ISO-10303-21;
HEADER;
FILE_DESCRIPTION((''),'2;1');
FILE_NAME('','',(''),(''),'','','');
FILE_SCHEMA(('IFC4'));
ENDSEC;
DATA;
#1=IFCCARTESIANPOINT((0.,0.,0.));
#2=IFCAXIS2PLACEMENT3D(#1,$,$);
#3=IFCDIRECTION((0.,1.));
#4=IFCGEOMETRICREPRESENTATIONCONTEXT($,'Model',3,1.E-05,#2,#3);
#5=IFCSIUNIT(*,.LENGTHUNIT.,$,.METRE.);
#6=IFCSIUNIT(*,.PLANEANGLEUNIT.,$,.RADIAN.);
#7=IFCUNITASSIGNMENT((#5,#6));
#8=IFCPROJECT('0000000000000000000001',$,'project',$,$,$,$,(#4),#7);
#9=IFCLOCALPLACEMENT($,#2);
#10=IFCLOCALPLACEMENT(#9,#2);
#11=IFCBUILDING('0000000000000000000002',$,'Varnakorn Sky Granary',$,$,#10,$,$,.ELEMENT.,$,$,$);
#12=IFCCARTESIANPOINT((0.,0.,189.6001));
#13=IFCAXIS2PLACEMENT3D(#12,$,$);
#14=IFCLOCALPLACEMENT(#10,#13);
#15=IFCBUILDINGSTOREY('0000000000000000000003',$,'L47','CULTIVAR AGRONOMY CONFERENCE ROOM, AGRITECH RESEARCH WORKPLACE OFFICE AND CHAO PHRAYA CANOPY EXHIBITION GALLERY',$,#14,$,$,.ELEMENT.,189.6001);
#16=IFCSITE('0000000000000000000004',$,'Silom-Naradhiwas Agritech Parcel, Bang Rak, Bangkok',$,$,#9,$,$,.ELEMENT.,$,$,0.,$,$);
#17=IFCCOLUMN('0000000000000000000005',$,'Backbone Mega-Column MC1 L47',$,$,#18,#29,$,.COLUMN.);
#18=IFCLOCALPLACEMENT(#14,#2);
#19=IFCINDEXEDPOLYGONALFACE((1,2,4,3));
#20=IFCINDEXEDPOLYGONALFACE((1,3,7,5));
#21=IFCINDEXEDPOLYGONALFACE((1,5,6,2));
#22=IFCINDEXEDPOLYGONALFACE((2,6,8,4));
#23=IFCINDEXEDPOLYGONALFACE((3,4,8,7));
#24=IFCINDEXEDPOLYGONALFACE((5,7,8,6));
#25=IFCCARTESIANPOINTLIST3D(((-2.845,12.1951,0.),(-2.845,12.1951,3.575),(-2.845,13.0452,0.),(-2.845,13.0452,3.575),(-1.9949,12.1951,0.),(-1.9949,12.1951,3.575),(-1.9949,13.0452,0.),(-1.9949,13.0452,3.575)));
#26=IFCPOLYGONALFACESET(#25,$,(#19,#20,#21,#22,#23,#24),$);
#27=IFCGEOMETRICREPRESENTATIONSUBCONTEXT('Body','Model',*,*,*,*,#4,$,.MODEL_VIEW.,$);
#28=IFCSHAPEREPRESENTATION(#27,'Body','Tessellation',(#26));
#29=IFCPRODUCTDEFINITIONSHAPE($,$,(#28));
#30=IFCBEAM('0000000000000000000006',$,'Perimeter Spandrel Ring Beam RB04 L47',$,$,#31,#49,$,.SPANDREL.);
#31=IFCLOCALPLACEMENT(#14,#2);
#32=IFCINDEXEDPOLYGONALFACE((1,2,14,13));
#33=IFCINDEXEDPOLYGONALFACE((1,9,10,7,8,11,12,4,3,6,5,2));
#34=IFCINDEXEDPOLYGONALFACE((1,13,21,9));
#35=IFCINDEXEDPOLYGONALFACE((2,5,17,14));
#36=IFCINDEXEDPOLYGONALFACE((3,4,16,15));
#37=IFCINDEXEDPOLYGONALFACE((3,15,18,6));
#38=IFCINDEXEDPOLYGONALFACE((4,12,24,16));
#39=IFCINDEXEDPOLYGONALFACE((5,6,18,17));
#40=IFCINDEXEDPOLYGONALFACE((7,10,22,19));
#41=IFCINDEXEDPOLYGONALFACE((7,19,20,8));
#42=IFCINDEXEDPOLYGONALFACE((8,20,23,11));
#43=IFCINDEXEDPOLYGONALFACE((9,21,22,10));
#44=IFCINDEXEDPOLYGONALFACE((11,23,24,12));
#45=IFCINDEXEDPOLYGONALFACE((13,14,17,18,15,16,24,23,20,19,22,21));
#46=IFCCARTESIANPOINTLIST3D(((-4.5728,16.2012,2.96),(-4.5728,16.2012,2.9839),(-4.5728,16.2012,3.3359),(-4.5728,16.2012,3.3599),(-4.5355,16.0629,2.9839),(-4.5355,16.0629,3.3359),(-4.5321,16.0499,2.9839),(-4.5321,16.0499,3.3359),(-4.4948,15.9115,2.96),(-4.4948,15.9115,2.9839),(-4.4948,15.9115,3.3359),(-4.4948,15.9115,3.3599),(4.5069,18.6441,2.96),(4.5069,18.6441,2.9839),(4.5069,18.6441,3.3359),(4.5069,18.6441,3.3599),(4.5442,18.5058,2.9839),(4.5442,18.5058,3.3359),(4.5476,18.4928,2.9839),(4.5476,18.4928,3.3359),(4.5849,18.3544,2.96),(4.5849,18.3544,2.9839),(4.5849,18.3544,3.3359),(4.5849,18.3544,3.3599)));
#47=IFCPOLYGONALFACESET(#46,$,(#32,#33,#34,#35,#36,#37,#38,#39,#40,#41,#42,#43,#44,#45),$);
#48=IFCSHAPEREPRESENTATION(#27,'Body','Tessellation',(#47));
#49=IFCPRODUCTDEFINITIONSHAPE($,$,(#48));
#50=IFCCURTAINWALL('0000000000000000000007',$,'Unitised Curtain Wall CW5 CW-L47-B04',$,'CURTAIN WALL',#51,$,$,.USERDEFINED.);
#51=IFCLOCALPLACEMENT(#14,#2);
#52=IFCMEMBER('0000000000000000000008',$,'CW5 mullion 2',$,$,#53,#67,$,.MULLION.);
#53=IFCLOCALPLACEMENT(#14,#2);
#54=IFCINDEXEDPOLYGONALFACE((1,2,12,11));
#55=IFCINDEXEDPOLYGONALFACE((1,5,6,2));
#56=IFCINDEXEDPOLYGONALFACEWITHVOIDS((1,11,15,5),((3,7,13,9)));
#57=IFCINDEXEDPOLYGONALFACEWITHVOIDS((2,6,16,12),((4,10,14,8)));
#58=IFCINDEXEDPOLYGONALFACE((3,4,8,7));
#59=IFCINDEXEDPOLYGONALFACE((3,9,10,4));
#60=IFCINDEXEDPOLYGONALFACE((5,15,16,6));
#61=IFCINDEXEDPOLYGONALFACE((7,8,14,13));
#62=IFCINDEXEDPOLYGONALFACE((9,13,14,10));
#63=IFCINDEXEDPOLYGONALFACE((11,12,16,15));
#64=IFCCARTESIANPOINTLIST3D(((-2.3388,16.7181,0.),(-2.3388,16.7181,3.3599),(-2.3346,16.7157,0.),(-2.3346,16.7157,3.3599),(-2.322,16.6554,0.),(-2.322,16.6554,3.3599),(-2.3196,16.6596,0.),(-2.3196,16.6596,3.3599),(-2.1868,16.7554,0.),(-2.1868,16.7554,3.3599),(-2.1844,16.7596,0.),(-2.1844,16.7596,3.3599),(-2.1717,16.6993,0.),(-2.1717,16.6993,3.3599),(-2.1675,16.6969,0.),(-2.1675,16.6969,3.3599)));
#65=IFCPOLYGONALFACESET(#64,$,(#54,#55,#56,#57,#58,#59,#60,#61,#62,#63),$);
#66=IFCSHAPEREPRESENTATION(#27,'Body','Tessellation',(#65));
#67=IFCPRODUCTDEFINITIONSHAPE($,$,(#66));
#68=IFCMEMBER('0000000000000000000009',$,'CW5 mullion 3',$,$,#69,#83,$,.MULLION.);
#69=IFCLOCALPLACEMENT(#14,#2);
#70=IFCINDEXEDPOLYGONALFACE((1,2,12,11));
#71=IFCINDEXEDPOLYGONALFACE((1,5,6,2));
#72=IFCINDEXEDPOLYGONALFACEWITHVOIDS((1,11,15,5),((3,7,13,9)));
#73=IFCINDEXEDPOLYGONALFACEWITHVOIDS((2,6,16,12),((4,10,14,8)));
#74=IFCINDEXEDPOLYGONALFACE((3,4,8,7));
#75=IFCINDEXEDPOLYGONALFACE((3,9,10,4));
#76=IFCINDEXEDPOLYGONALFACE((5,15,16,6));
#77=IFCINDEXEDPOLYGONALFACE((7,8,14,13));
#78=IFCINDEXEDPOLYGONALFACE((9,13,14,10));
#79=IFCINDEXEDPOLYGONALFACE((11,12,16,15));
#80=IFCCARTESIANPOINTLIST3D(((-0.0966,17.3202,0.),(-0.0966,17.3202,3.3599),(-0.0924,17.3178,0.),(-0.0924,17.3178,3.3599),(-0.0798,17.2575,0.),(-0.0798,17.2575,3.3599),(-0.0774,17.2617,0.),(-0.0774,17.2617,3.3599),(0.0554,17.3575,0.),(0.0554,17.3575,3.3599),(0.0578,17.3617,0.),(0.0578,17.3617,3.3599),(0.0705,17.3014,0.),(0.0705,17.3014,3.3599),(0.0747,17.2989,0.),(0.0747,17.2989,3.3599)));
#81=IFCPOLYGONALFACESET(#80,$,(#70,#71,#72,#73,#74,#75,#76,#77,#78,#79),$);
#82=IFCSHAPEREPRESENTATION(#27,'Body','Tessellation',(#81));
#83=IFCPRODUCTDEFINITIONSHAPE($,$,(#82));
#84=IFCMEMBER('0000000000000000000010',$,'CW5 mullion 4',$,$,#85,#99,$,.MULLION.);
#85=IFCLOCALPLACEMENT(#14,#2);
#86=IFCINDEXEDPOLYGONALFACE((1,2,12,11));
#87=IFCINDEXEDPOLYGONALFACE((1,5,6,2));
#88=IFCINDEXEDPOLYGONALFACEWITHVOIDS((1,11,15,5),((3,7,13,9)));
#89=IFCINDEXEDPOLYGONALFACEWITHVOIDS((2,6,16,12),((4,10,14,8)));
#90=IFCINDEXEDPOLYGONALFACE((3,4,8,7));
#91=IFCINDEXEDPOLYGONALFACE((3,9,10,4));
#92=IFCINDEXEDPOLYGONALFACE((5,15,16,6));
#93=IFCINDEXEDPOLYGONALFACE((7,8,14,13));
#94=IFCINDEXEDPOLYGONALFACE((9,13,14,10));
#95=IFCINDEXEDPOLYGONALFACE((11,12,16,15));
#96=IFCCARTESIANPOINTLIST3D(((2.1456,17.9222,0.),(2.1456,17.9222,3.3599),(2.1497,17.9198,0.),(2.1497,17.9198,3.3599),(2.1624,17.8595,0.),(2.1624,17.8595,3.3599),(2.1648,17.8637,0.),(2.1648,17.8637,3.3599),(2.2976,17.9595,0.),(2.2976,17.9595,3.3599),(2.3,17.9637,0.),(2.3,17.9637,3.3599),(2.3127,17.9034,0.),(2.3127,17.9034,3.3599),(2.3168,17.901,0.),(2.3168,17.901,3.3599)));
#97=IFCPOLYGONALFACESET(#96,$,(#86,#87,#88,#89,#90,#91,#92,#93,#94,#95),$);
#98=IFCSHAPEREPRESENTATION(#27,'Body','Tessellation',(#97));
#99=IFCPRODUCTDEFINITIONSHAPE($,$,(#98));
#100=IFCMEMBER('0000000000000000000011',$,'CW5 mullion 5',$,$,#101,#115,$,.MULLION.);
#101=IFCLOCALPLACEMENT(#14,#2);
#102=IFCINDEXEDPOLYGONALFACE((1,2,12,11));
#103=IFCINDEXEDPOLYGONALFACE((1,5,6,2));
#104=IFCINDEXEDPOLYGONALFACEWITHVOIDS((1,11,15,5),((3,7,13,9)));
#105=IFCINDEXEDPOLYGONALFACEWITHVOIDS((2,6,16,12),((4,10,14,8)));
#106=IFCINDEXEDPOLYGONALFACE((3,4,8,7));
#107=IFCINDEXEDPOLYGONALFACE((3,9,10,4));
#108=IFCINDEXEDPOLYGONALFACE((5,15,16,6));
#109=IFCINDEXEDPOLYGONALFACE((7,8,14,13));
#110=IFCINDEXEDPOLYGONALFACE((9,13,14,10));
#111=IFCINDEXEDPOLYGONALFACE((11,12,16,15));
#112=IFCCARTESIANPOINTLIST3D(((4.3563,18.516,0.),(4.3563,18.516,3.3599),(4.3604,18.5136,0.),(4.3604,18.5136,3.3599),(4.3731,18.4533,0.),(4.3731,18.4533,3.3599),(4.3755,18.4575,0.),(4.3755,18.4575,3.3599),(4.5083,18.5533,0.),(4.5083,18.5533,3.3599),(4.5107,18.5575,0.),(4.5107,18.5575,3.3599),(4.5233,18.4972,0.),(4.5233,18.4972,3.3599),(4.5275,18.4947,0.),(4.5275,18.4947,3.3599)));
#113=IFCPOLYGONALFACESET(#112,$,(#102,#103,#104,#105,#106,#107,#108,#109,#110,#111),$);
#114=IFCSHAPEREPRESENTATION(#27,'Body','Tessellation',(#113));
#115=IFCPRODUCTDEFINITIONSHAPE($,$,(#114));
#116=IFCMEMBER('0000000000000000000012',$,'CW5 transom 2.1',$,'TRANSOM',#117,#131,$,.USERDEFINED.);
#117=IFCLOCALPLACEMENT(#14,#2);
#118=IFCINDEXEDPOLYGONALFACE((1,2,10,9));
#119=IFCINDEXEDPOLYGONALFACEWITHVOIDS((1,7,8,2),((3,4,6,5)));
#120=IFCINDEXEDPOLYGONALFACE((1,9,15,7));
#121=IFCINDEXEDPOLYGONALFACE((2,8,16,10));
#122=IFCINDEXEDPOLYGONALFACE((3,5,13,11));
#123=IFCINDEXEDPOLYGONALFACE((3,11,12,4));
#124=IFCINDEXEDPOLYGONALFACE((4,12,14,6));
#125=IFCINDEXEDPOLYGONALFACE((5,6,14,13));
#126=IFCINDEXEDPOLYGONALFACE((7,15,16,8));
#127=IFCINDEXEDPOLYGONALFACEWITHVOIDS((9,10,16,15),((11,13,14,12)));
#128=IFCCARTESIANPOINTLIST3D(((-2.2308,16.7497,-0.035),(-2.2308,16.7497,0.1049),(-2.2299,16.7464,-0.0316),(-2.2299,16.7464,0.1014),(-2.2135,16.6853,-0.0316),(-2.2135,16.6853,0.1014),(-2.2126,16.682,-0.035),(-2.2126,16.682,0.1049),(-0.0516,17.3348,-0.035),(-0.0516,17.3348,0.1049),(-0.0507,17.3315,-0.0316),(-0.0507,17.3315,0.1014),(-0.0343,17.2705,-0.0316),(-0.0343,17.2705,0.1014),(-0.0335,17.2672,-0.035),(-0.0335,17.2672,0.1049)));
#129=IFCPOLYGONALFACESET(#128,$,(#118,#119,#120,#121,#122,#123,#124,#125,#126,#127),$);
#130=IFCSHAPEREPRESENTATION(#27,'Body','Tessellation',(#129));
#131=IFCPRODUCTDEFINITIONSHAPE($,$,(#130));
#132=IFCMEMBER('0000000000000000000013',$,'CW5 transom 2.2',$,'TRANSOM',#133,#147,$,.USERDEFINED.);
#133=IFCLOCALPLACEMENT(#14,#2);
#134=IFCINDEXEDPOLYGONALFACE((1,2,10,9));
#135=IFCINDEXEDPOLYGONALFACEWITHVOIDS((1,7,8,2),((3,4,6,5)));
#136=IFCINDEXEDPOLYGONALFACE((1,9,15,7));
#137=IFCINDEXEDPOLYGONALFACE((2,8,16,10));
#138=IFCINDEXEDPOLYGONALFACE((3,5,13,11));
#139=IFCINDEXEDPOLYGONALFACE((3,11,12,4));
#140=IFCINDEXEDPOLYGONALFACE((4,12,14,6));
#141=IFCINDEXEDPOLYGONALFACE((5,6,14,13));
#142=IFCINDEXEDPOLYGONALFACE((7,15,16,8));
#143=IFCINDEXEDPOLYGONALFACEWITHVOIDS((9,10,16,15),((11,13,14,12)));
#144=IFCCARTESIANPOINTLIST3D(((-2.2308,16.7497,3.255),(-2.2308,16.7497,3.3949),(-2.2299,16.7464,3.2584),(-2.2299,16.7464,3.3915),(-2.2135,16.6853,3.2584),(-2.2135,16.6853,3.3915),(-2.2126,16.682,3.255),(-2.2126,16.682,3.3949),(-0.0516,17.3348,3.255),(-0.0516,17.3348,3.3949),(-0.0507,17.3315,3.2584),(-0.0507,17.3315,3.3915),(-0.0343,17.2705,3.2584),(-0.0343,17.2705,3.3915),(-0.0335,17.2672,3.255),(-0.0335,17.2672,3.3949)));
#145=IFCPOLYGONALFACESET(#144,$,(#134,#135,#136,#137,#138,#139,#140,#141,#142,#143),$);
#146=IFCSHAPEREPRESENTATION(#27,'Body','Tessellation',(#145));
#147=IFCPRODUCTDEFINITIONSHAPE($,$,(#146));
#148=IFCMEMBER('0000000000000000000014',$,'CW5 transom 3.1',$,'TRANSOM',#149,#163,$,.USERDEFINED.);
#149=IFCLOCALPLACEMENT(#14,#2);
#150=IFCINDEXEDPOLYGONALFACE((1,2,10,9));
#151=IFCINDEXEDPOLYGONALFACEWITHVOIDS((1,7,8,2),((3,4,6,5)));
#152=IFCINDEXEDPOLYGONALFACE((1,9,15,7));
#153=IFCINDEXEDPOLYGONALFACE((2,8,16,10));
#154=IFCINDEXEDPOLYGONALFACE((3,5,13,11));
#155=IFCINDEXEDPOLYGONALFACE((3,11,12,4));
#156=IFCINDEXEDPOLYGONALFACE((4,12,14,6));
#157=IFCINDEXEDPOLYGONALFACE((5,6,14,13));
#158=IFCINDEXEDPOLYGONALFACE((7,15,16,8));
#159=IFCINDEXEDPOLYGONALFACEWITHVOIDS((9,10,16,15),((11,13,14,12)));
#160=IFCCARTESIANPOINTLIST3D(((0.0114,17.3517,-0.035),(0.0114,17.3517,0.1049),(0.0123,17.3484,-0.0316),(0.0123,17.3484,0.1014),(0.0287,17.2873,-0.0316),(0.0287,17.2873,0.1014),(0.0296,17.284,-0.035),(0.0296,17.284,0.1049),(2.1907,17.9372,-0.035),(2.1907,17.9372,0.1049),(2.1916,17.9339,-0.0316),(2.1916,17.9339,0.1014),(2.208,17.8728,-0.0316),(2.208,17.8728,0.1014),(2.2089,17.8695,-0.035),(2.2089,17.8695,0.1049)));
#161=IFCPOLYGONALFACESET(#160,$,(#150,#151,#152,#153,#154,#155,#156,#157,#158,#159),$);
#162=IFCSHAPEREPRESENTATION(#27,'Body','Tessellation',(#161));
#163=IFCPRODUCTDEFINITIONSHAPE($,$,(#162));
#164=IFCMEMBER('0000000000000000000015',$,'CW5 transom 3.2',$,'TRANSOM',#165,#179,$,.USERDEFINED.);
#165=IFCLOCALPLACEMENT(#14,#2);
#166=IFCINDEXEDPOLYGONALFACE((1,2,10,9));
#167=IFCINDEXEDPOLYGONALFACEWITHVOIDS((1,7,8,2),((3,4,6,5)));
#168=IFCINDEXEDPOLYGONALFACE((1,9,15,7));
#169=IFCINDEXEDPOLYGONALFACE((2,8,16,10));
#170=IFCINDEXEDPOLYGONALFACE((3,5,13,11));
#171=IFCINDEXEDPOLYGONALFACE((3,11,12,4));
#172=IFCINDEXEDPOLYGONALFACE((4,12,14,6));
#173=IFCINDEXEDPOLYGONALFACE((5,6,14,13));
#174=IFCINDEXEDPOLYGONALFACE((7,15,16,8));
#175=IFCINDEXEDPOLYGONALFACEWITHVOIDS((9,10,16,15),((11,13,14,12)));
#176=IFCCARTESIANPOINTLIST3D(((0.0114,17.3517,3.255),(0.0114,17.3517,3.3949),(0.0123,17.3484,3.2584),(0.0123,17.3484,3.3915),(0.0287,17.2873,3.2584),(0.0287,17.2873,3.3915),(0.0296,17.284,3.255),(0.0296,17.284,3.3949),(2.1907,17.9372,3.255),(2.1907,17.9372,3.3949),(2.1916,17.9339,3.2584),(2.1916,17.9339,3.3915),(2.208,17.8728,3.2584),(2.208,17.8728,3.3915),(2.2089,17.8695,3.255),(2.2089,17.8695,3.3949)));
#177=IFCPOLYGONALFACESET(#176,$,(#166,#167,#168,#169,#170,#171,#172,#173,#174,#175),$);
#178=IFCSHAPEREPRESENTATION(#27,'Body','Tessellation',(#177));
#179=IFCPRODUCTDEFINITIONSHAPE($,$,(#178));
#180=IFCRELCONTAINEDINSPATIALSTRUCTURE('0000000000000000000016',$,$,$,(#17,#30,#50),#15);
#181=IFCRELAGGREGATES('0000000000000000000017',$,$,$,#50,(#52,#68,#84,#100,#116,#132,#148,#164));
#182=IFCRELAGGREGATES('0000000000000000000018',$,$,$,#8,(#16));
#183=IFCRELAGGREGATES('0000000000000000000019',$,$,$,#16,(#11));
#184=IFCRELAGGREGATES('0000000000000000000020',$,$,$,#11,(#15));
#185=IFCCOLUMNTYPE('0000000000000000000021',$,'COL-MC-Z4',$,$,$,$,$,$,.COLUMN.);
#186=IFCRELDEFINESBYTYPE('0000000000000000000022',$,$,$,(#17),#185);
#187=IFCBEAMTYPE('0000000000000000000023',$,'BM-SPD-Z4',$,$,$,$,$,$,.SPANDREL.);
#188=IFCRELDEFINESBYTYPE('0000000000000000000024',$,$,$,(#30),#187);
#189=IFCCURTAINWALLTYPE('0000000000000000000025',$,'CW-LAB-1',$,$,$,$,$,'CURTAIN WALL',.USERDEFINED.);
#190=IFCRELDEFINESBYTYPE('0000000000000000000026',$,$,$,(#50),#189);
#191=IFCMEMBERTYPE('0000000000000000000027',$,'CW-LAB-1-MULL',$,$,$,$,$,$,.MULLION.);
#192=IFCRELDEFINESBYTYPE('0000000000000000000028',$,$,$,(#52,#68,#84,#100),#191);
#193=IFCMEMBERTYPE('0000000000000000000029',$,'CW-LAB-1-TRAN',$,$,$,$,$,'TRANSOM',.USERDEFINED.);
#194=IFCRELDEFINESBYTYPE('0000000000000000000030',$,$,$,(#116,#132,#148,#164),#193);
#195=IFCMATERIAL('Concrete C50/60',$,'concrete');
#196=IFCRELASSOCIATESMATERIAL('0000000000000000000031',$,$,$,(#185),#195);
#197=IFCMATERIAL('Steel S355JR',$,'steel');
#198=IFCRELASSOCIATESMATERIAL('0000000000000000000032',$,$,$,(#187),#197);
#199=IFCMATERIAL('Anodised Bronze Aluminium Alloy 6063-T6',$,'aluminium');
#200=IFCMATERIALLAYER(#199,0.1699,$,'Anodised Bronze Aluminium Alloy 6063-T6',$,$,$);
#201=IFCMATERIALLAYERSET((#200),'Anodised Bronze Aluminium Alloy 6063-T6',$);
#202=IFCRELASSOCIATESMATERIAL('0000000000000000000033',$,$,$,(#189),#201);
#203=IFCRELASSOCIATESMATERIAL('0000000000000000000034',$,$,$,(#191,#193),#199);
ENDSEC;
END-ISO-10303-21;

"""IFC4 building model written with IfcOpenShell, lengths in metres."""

from ifc_helpers import new_model, si_unit, direction, frame, origin, origin_2d, place, context, subcontext, project, spatial, rectangle, hollow_rectangle, i_section, extrude, material, layer, layer_set, material_profile, profile_set, type_object, element, aggregate, save


model = new_model("IFC4")

# Units and contexts
model_context = context("Model", 3, precision=1e-05, world=origin(), true_north=direction((0.0, 1.0)))
body_context = subcontext(model_context, "Body", "Model", "MODEL_VIEW")
ifc_project = project(units=[si_unit("LENGTHUNIT", "METRE"), si_unit("PLANEANGLEUNIT", "RADIAN")], contexts=[model_context])

# Site, building, storey
site_placement = place(None, origin())
site = spatial("IfcSite", under=ifc_project, at=site_placement, Name="Silom-Naradhiwas Agritech Parcel, Bang Rak, Bangkok", CompositionType="ELEMENT", RefElevation=0.0)
building_placement = place(site_placement, origin())
building = spatial("IfcBuilding", under=site, at=building_placement, Name="Varnakorn Sky Granary", CompositionType="ELEMENT")
storey_placement = place(building_placement, frame((0.0, 0.0, 189.6001)))
storey = spatial("IfcBuildingStorey", under=building, at=storey_placement, Name="L47", Description="CULTIVAR AGRONOMY CONFERENCE ROOM, AGRITECH RESEARCH WORKPLACE OFFICE AND CHAO PHRAYA CANOPY EXHIBITION GALLERY", CompositionType="ELEMENT", Elevation=189.6001)

# Column
ifc_material_1 = material(Name="Concrete C50/60", Category="concrete")
ifc_material_profile_1 = material_profile(ifc_material_1, rectangle(XDim=0.8501, YDim=0.8501, at=origin_2d()), Name="RC 850x850")
ifc_profile_set_1 = profile_set([ifc_material_profile_1], Name="Concrete C50/60")
column_type = type_object("IfcColumnType", Name="COL-MC-Z4", PredefinedType="COLUMN", material=ifc_profile_set_1)
column_placement = place(storey_placement, frame((-2.4199, 12.6201, 0.0), z_axis=(0.0, 0.0, 1.0), x_axis=(1.0, 0.0, 0.0)))
element("IfcColumn", 1, at=column_placement, inside=storey, type_object=column_type, Name="Backbone Mega-Column MC1 L47", PredefinedType="COLUMN", context=body_context, shape_type="SweptSolid", body=[
    extrude(rectangle(XDim=0.8501, YDim=0.8501, at=origin_2d()), origin(), (0.0, 0.0, 1.0), 3.575),
])

# Beam
ifc_material_2 = material(Name="Steel S355JR", Category="steel")
ifc_material_profile_2 = material_profile(ifc_material_2, i_section(OverallWidth=0.3, OverallDepth=0.3999, WebThickness=0.0134, FlangeThickness=0.0239, at=origin_2d()), Name="HE 400 B")
ifc_profile_set_2 = profile_set([ifc_material_profile_2], Name="Steel S355JR")
beam_type = type_object("IfcBeamType", Name="BM-SPD-Z4", PredefinedType="SPANDREL", material=ifc_profile_set_2)
beam_placement = place(storey_placement, frame((4.5459, 18.4993, 3.1599), z_axis=(-0.965659, -0.259811, 0.0), x_axis=(0.259811, -0.965659, 0.0)))
element("IfcBeam", 2, at=beam_placement, inside=storey, type_object=beam_type, Name="Perimeter Spandrel Ring Beam RB04 L47", PredefinedType="SPANDREL", context=body_context, shape_type="SweptSolid", body=[
    extrude(i_section(OverallWidth=0.3, OverallDepth=0.3999, WebThickness=0.0134, FlangeThickness=0.0239, at=origin_2d()), origin(), (0.0, 0.0, 1.0), 9.4026),
])

# Curtain wall, members
ifc_material_3 = material(Name="Anodised Bronze Aluminium Alloy 6063-T6", Category="aluminium")
ifc_layer_1 = layer(ifc_material_3, 0.1699, Name="Anodised Bronze Aluminium Alloy 6063-T6")
ifc_layer_set_1 = layer_set([ifc_layer_1], Name="Anodised Bronze Aluminium Alloy 6063-T6")
curtain_wall_type = type_object("IfcCurtainWallType", Name="CW-LAB-1", ElementType="CURTAIN WALL", PredefinedType="USERDEFINED", material=ifc_layer_set_1)
curtain_wall_placement = place(storey_placement, origin())
curtain_wall = element("IfcCurtainWall", 3, at=curtain_wall_placement, inside=storey, type_object=curtain_wall_type, Name="Unitised Curtain Wall CW5 CW-L47-B04", ObjectType="CURTAIN WALL", PredefinedType="USERDEFINED")
ifc_material_profile_3 = material_profile(ifc_material_3, hollow_rectangle(XDim=0.0649, YDim=0.1599, WallThickness=0.0034, at=origin_2d()), Name="ALU MULL 65x160")
ifc_profile_set_3 = profile_set([ifc_material_profile_3], Name="Anodised Bronze Aluminium Alloy 6063-T6")
member_type_1 = type_object("IfcMemberType", Name="CW-LAB-1-MULL", PredefinedType="MULLION", material=ifc_profile_set_3)
member_1_placement = place(storey_placement, frame((-2.2532, 16.7075, 0.0), z_axis=(0.0, 0.0, 1.0), x_axis=(-0.259359, 0.965781, 0.0)))
member_1 = element("IfcMember", 4, at=member_1_placement, type_object=member_type_1, Name="CW5 mullion 2", PredefinedType="MULLION", context=body_context, shape_type="SweptSolid", body=[
    extrude(hollow_rectangle(XDim=0.0649, YDim=0.1599, WallThickness=0.0034, at=origin_2d()), origin(), (0.0, 0.0, 1.0), 3.3599),
])
member_2_placement = place(storey_placement, frame((-0.011, 17.3096, 0.0), z_axis=(0.0, 0.0, 1.0), x_axis=(-0.259359, 0.965781, 0.0)))
member_2 = element("IfcMember", 5, at=member_2_placement, type_object=member_type_1, Name="CW5 mullion 3", PredefinedType="MULLION", context=body_context, shape_type="SweptSolid", body=[
    extrude(hollow_rectangle(XDim=0.0649, YDim=0.1599, WallThickness=0.0034, at=origin_2d()), origin(), (0.0, 0.0, 1.0), 3.3599),
])
member_3_placement = place(storey_placement, frame((2.2312, 17.9116, 0.0), z_axis=(0.0, 0.0, 1.0), x_axis=(-0.259359, 0.965781, 0.0)))
member_3 = element("IfcMember", 6, at=member_3_placement, type_object=member_type_1, Name="CW5 mullion 4", PredefinedType="MULLION", context=body_context, shape_type="SweptSolid", body=[
    extrude(hollow_rectangle(XDim=0.0649, YDim=0.1599, WallThickness=0.0034, at=origin_2d()), origin(), (0.0, 0.0, 1.0), 3.3599),
])
member_4_placement = place(storey_placement, frame((4.4419, 18.5054, 0.0), z_axis=(0.0, 0.0, 1.0), x_axis=(-0.259359, 0.965781, 0.0)))
member_4 = element("IfcMember", 7, at=member_4_placement, type_object=member_type_1, Name="CW5 mullion 5", PredefinedType="MULLION", context=body_context, shape_type="SweptSolid", body=[
    extrude(hollow_rectangle(XDim=0.0649, YDim=0.1599, WallThickness=0.0034, at=origin_2d()), origin(), (0.0, 0.0, 1.0), 3.3599),
])
ifc_material_profile_4 = material_profile(ifc_material_3, hollow_rectangle(XDim=0.0701, YDim=0.1399, WallThickness=0.0034, at=origin_2d()), Name="ALU TRAN 70x140")
ifc_profile_set_4 = profile_set([ifc_material_profile_4], Name="Anodised Bronze Aluminium Alloy 6063-T6")
member_type_2 = type_object("IfcMemberType", Name="CW-LAB-1-TRAN", ElementType="TRANSOM", PredefinedType="USERDEFINED", material=ifc_profile_set_4)
member_5_placement = place(storey_placement, frame((-2.2217, 16.7158, 0.0349), z_axis=(0.965783, 0.259353, 0.0), x_axis=(-0.259353, 0.965783, 0.0)))
member_5 = element("IfcMember", 8, at=member_5_placement, type_object=member_type_2, Name="CW5 transom 2.1", ObjectType="TRANSOM", PredefinedType="USERDEFINED", context=body_context, shape_type="SweptSolid", body=[
    extrude(hollow_rectangle(XDim=0.0701, YDim=0.1399, WallThickness=0.0034, at=origin_2d()), origin(), (0.0, 0.0, 1.0), 2.2563),
])
member_6_placement = place(storey_placement, frame((-2.2217, 16.7158, 3.325), z_axis=(0.965783, 0.259353, 0.0), x_axis=(-0.259353, 0.965783, 0.0)))
member_6 = element("IfcMember", 9, at=member_6_placement, type_object=member_type_2, Name="CW5 transom 2.2", ObjectType="TRANSOM", PredefinedType="USERDEFINED", context=body_context, shape_type="SweptSolid", body=[
    extrude(hollow_rectangle(XDim=0.0701, YDim=0.1399, WallThickness=0.0034, at=origin_2d()), origin(), (0.0, 0.0, 1.0), 2.2563),
])
member_7_placement = place(storey_placement, frame((0.0205, 17.3179, 0.0349), z_axis=(0.965756, 0.259453, 0.0), x_axis=(-0.259453, 0.965756, 0.0)))
member_7 = element("IfcMember", 10, at=member_7_placement, type_object=member_type_2, Name="CW5 transom 3.1", ObjectType="TRANSOM", PredefinedType="USERDEFINED", context=body_context, shape_type="SweptSolid", body=[
    extrude(hollow_rectangle(XDim=0.0701, YDim=0.1399, WallThickness=0.0034, at=origin_2d()), origin(), (0.0, 0.0, 1.0), 2.2566),
])
member_8_placement = place(storey_placement, frame((0.0205, 17.3179, 3.325), z_axis=(0.965756, 0.259453, 0.0), x_axis=(-0.259453, 0.965756, 0.0)))
member_8 = element("IfcMember", 11, at=member_8_placement, type_object=member_type_2, Name="CW5 transom 3.2", ObjectType="TRANSOM", PredefinedType="USERDEFINED", context=body_context, shape_type="SweptSolid", body=[
    extrude(hollow_rectangle(XDim=0.0701, YDim=0.1399, WallThickness=0.0034, at=origin_2d()), origin(), (0.0, 0.0, 1.0), 2.2566),
])

aggregate(curtain_wall, [member_1, member_2, member_3, member_4, member_5, member_6, member_7, member_8])

save(model, "model.ifc")
